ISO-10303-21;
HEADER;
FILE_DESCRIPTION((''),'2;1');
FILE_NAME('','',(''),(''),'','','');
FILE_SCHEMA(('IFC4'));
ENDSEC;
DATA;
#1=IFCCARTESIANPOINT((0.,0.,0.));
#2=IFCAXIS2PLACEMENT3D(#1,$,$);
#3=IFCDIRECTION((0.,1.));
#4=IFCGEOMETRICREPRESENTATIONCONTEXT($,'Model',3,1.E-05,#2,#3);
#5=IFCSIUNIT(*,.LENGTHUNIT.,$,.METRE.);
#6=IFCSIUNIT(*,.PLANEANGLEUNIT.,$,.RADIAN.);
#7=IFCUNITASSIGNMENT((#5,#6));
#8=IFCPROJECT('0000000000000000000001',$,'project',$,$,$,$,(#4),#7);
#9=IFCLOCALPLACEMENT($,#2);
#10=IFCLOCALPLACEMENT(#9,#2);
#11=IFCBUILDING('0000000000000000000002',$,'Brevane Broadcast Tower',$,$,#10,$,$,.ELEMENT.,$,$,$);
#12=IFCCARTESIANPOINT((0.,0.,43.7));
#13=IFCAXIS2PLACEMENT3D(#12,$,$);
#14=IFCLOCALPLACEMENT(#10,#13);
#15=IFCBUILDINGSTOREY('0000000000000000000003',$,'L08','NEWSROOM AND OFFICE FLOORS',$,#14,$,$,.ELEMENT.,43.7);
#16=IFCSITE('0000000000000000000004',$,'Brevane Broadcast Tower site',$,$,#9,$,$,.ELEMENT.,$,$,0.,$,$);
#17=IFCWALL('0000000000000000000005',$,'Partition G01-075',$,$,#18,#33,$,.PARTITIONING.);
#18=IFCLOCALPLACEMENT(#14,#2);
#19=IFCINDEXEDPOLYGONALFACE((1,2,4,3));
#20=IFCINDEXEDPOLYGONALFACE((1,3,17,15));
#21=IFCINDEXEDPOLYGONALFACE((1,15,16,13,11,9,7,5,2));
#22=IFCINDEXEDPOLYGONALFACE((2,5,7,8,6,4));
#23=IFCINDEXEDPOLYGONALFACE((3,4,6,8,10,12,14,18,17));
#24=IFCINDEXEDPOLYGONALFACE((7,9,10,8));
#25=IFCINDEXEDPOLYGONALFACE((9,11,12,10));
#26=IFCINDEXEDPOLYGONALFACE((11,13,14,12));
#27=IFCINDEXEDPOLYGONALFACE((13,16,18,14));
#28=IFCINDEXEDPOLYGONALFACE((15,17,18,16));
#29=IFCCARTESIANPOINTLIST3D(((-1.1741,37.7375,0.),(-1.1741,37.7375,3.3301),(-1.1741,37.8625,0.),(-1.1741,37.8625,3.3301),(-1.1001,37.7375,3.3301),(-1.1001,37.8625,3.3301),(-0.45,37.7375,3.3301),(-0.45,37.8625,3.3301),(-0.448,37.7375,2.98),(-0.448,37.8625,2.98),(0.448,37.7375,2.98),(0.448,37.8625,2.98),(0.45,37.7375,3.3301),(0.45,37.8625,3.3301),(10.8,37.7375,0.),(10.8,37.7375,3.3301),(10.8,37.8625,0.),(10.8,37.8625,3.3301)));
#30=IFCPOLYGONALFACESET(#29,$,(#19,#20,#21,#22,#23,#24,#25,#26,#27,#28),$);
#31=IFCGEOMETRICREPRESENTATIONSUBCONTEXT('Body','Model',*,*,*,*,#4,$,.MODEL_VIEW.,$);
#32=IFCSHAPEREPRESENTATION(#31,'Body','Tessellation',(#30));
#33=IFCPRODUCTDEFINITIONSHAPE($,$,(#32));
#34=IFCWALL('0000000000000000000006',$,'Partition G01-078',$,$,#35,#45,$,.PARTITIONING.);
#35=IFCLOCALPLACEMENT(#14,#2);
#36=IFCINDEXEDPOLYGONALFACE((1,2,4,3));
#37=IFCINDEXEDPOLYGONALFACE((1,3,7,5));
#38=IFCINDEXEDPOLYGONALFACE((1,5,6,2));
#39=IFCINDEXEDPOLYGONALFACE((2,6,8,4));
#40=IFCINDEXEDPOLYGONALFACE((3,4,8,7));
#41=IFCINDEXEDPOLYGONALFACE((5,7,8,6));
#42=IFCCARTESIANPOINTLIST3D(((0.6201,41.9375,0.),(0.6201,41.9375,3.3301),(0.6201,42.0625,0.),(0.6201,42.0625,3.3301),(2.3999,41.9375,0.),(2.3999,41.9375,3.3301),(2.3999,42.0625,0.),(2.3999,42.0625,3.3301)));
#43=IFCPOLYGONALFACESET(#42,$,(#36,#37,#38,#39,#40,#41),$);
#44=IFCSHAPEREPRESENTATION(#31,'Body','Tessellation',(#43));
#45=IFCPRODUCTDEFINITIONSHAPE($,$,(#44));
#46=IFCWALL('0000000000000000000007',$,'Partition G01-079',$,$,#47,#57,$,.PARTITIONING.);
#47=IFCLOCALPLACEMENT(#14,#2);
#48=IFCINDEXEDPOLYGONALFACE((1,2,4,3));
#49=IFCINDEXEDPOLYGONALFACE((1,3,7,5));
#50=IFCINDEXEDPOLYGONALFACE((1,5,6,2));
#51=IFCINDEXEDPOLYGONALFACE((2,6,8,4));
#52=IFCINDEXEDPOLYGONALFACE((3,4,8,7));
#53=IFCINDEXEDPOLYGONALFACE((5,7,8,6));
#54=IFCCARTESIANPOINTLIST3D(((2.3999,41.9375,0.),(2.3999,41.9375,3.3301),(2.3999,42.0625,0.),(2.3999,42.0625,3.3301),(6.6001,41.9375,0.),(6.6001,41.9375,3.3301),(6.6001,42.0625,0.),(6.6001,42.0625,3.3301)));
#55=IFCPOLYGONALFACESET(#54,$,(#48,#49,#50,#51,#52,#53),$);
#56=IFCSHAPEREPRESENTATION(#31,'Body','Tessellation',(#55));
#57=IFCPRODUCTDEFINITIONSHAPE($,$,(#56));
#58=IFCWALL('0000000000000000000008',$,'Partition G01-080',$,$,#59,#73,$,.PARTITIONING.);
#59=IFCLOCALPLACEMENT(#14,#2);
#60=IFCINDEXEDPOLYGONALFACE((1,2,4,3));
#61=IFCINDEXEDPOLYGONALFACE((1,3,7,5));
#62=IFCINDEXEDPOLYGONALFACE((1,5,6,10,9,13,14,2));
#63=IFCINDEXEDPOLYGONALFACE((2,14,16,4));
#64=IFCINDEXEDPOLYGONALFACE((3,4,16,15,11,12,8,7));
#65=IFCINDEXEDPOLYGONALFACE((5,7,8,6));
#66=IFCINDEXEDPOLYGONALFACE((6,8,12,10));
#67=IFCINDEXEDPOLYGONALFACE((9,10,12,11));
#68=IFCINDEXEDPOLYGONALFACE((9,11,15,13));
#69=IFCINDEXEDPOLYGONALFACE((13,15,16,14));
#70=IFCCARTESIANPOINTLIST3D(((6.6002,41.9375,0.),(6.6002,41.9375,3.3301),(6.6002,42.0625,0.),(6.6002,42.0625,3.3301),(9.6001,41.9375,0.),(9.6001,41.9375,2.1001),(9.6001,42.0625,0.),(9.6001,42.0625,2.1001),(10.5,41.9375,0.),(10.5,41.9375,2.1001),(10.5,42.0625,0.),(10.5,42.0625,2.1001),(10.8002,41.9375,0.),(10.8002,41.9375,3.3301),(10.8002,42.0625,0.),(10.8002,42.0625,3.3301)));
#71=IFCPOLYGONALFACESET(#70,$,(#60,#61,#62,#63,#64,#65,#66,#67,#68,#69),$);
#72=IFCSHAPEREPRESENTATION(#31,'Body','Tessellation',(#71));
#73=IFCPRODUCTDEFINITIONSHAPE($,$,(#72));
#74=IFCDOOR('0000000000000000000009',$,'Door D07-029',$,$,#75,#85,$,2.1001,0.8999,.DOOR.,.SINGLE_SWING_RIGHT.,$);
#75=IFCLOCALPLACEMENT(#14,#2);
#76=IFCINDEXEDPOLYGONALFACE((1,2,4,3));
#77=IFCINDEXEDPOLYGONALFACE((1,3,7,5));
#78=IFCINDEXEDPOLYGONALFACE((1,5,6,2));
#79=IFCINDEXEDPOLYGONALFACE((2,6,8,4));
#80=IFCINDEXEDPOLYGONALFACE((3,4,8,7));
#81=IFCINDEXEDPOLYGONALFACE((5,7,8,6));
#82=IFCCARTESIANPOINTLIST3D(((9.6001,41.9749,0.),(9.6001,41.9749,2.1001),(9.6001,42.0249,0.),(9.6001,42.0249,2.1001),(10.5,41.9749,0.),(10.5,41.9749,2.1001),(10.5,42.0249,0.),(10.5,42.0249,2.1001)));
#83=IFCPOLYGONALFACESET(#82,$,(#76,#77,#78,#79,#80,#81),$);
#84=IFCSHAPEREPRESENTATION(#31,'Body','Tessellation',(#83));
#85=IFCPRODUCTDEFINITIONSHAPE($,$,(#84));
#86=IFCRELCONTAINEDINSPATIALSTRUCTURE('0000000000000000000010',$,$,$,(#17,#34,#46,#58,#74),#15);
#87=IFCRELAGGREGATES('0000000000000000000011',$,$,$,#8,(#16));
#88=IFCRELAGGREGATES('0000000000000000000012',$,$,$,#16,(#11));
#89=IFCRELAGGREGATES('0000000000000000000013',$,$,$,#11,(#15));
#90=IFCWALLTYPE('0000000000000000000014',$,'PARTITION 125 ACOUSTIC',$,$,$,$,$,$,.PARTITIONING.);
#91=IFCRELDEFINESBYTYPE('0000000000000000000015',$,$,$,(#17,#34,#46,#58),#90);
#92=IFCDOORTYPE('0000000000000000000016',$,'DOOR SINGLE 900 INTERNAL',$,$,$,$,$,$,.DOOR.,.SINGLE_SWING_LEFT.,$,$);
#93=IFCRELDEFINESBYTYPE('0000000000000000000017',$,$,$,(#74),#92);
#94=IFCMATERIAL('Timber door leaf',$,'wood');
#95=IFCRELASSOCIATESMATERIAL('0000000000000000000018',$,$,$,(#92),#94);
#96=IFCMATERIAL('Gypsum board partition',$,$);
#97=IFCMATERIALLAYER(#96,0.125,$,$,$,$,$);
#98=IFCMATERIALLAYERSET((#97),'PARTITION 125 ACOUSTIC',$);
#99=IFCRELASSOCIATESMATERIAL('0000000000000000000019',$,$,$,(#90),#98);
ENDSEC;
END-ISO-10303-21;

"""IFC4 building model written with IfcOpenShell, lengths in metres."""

from ifc_helpers import new_model, si_unit, direction, frame, frame_2d, origin, place, context, subcontext, project, spatial, polyline, rectangle, outline, extrude, material, layer, layer_set, type_object, element, fill, save


model = new_model("IFC4")

# Units and contexts
model_context = context("Model", 3, precision=1e-05, world=origin(), true_north=direction((0.0, 1.0)))
body_context = subcontext(model_context, "Body", "Model", "MODEL_VIEW")
ifc_project = project(units=[si_unit("LENGTHUNIT", "METRE"), si_unit("PLANEANGLEUNIT", "RADIAN")], contexts=[model_context])

# Site, building, storey
site_placement = place(None, origin())
site = spatial("IfcSite", under=ifc_project, at=site_placement, Name="Brevane Broadcast Tower site", CompositionType="ELEMENT", RefElevation=0.0)
building_placement = place(site_placement, origin())
building = spatial("IfcBuilding", under=site, at=building_placement, Name="Brevane Broadcast Tower", CompositionType="ELEMENT")
storey_placement = place(building_placement, frame((0.0, 0.0, 43.7)))
storey = spatial("IfcBuildingStorey", under=building, at=storey_placement, Name="L08", Description="NEWSROOM AND OFFICE FLOORS", CompositionType="ELEMENT", Elevation=43.7)

# Shared definitions
ifc_material_1 = material(Name="Gypsum board partition")
ifc_material_2 = material(Name="Timber door leaf", Category="wood")
door_type = type_object("IfcDoorType", Name="DOOR SINGLE 900 INTERNAL", OperationType="SINGLE_SWING_LEFT", PredefinedType="DOOR", material=ifc_material_2)

# Walls
ifc_layer_1 = layer(ifc_material_1, 0.125)
ifc_layer_set_1 = layer_set([ifc_layer_1], Name="PARTITION 125 ACOUSTIC")
wall_type_1 = type_object("IfcWallType", Name="PARTITION 125 ACOUSTIC", PredefinedType="PARTITIONING", material=ifc_layer_set_1)
wall_1_placement = place(storey_placement, frame((-1.1741, 37.8, 0.0), z_axis=(0.0, 0.0, 1.0), x_axis=(1.0, 0.0, 0.0)))
element("IfcWall", 1, at=wall_1_placement, inside=storey, type_object=wall_type_1, Name="Partition G01-075", PredefinedType="PARTITIONING", context=body_context, shape_type="SweptSolid", body=[
    extrude(outline(polyline([(0.0, 0.0), (11.9741, 0.0), (11.9741, 3.3301), (1.624, 3.3301), (1.6221, 2.98), (0.7261, 2.98), (0.7241, 3.3301), (0.074, 3.3301), (0.0, 3.3301), (0.0, 0.0)])), frame((0.0, 0.0625, 0.0), z_axis=(0.0, -1.0, 0.0), x_axis=(1.0, 0.0, 0.0)), (0.0, 0.0, 1.0), 0.125),
])
wall_2_placement = place(storey_placement, frame((0.6201, 42.0, 0.0), z_axis=(0.0, 0.0, 1.0), x_axis=(1.0, 0.0, 0.0)))
element("IfcWall", 2, at=wall_2_placement, inside=storey, type_object=wall_type_1, Name="Partition G01-078", PredefinedType="PARTITIONING", context=body_context, shape_type="SweptSolid", body=[
    extrude(rectangle(XDim=1.7798, YDim=0.125, at=frame_2d((0.8899, 0.0))), origin(), (0.0, 0.0, 1.0), 3.3301),
])
wall_3_placement = place(storey_placement, frame((2.3999, 42.0, 0.0), z_axis=(0.0, 0.0, 1.0), x_axis=(1.0, 0.0, 0.0)))
element("IfcWall", 3, at=wall_3_placement, inside=storey, type_object=wall_type_1, Name="Partition G01-079", PredefinedType="PARTITIONING", context=body_context, shape_type="SweptSolid", body=[
    extrude(rectangle(XDim=4.2002, YDim=0.125, at=frame_2d((2.1001, 0.0))), origin(), (0.0, 0.0, 1.0), 3.3301),
])

# Wall, opening, door
wall_4_placement = place(storey_placement, frame((6.6001, 42.0, 0.0), z_axis=(0.0, 0.0, 1.0), x_axis=(1.0, 0.0, 0.0)))
wall_4 = element("IfcWall", 4, at=wall_4_placement, inside=storey, type_object=wall_type_1, Name="Partition G01-080", PredefinedType="PARTITIONING", context=body_context, shape_type="SweptSolid", body=[
    extrude(rectangle(XDim=4.2, YDim=0.125, at=frame_2d((2.1001, 0.0))), origin(), (0.0, 0.0, 1.0), 3.3301),
])
opening_1_placement = place(wall_4_placement, frame((3.0, 0.0, 0.0)))
opening_1 = element("IfcOpeningElement", 5, at=opening_1_placement, cuts=wall_4, PredefinedType="OPENING", context=body_context, shape_type="SweptSolid", body=[
    extrude(rectangle(XDim=0.8999, YDim=2.1001, at=frame_2d((0.45, 1.05))), frame((0.0, 0.0725, 0.0), z_axis=(0.0, -1.0, 0.0), x_axis=(1.0, 0.0, 0.0)), (0.0, 0.0, 1.0), 0.145),
])
door_1_placement = place(opening_1_placement, origin())
door_1 = element("IfcDoor", 6, at=door_1_placement, inside=storey, type_object=door_type, Name="Door D07-029", OperationType="SINGLE_SWING_RIGHT", OverallHeight=2.1001, OverallWidth=0.8999, PredefinedType="DOOR", context=body_context, shape_type="SweptSolid", body=[
    extrude(rectangle(XDim=0.8999, YDim=2.1001, at=frame_2d((0.45, 1.05))), frame((0.0, 0.0249, 0.0), z_axis=(0.0, -1.0, 0.0), x_axis=(1.0, 0.0, 0.0)), (0.0, 0.0, 1.0), 0.05),
])
fill(opening_1, door_1)

save(model, "model.ifc")
